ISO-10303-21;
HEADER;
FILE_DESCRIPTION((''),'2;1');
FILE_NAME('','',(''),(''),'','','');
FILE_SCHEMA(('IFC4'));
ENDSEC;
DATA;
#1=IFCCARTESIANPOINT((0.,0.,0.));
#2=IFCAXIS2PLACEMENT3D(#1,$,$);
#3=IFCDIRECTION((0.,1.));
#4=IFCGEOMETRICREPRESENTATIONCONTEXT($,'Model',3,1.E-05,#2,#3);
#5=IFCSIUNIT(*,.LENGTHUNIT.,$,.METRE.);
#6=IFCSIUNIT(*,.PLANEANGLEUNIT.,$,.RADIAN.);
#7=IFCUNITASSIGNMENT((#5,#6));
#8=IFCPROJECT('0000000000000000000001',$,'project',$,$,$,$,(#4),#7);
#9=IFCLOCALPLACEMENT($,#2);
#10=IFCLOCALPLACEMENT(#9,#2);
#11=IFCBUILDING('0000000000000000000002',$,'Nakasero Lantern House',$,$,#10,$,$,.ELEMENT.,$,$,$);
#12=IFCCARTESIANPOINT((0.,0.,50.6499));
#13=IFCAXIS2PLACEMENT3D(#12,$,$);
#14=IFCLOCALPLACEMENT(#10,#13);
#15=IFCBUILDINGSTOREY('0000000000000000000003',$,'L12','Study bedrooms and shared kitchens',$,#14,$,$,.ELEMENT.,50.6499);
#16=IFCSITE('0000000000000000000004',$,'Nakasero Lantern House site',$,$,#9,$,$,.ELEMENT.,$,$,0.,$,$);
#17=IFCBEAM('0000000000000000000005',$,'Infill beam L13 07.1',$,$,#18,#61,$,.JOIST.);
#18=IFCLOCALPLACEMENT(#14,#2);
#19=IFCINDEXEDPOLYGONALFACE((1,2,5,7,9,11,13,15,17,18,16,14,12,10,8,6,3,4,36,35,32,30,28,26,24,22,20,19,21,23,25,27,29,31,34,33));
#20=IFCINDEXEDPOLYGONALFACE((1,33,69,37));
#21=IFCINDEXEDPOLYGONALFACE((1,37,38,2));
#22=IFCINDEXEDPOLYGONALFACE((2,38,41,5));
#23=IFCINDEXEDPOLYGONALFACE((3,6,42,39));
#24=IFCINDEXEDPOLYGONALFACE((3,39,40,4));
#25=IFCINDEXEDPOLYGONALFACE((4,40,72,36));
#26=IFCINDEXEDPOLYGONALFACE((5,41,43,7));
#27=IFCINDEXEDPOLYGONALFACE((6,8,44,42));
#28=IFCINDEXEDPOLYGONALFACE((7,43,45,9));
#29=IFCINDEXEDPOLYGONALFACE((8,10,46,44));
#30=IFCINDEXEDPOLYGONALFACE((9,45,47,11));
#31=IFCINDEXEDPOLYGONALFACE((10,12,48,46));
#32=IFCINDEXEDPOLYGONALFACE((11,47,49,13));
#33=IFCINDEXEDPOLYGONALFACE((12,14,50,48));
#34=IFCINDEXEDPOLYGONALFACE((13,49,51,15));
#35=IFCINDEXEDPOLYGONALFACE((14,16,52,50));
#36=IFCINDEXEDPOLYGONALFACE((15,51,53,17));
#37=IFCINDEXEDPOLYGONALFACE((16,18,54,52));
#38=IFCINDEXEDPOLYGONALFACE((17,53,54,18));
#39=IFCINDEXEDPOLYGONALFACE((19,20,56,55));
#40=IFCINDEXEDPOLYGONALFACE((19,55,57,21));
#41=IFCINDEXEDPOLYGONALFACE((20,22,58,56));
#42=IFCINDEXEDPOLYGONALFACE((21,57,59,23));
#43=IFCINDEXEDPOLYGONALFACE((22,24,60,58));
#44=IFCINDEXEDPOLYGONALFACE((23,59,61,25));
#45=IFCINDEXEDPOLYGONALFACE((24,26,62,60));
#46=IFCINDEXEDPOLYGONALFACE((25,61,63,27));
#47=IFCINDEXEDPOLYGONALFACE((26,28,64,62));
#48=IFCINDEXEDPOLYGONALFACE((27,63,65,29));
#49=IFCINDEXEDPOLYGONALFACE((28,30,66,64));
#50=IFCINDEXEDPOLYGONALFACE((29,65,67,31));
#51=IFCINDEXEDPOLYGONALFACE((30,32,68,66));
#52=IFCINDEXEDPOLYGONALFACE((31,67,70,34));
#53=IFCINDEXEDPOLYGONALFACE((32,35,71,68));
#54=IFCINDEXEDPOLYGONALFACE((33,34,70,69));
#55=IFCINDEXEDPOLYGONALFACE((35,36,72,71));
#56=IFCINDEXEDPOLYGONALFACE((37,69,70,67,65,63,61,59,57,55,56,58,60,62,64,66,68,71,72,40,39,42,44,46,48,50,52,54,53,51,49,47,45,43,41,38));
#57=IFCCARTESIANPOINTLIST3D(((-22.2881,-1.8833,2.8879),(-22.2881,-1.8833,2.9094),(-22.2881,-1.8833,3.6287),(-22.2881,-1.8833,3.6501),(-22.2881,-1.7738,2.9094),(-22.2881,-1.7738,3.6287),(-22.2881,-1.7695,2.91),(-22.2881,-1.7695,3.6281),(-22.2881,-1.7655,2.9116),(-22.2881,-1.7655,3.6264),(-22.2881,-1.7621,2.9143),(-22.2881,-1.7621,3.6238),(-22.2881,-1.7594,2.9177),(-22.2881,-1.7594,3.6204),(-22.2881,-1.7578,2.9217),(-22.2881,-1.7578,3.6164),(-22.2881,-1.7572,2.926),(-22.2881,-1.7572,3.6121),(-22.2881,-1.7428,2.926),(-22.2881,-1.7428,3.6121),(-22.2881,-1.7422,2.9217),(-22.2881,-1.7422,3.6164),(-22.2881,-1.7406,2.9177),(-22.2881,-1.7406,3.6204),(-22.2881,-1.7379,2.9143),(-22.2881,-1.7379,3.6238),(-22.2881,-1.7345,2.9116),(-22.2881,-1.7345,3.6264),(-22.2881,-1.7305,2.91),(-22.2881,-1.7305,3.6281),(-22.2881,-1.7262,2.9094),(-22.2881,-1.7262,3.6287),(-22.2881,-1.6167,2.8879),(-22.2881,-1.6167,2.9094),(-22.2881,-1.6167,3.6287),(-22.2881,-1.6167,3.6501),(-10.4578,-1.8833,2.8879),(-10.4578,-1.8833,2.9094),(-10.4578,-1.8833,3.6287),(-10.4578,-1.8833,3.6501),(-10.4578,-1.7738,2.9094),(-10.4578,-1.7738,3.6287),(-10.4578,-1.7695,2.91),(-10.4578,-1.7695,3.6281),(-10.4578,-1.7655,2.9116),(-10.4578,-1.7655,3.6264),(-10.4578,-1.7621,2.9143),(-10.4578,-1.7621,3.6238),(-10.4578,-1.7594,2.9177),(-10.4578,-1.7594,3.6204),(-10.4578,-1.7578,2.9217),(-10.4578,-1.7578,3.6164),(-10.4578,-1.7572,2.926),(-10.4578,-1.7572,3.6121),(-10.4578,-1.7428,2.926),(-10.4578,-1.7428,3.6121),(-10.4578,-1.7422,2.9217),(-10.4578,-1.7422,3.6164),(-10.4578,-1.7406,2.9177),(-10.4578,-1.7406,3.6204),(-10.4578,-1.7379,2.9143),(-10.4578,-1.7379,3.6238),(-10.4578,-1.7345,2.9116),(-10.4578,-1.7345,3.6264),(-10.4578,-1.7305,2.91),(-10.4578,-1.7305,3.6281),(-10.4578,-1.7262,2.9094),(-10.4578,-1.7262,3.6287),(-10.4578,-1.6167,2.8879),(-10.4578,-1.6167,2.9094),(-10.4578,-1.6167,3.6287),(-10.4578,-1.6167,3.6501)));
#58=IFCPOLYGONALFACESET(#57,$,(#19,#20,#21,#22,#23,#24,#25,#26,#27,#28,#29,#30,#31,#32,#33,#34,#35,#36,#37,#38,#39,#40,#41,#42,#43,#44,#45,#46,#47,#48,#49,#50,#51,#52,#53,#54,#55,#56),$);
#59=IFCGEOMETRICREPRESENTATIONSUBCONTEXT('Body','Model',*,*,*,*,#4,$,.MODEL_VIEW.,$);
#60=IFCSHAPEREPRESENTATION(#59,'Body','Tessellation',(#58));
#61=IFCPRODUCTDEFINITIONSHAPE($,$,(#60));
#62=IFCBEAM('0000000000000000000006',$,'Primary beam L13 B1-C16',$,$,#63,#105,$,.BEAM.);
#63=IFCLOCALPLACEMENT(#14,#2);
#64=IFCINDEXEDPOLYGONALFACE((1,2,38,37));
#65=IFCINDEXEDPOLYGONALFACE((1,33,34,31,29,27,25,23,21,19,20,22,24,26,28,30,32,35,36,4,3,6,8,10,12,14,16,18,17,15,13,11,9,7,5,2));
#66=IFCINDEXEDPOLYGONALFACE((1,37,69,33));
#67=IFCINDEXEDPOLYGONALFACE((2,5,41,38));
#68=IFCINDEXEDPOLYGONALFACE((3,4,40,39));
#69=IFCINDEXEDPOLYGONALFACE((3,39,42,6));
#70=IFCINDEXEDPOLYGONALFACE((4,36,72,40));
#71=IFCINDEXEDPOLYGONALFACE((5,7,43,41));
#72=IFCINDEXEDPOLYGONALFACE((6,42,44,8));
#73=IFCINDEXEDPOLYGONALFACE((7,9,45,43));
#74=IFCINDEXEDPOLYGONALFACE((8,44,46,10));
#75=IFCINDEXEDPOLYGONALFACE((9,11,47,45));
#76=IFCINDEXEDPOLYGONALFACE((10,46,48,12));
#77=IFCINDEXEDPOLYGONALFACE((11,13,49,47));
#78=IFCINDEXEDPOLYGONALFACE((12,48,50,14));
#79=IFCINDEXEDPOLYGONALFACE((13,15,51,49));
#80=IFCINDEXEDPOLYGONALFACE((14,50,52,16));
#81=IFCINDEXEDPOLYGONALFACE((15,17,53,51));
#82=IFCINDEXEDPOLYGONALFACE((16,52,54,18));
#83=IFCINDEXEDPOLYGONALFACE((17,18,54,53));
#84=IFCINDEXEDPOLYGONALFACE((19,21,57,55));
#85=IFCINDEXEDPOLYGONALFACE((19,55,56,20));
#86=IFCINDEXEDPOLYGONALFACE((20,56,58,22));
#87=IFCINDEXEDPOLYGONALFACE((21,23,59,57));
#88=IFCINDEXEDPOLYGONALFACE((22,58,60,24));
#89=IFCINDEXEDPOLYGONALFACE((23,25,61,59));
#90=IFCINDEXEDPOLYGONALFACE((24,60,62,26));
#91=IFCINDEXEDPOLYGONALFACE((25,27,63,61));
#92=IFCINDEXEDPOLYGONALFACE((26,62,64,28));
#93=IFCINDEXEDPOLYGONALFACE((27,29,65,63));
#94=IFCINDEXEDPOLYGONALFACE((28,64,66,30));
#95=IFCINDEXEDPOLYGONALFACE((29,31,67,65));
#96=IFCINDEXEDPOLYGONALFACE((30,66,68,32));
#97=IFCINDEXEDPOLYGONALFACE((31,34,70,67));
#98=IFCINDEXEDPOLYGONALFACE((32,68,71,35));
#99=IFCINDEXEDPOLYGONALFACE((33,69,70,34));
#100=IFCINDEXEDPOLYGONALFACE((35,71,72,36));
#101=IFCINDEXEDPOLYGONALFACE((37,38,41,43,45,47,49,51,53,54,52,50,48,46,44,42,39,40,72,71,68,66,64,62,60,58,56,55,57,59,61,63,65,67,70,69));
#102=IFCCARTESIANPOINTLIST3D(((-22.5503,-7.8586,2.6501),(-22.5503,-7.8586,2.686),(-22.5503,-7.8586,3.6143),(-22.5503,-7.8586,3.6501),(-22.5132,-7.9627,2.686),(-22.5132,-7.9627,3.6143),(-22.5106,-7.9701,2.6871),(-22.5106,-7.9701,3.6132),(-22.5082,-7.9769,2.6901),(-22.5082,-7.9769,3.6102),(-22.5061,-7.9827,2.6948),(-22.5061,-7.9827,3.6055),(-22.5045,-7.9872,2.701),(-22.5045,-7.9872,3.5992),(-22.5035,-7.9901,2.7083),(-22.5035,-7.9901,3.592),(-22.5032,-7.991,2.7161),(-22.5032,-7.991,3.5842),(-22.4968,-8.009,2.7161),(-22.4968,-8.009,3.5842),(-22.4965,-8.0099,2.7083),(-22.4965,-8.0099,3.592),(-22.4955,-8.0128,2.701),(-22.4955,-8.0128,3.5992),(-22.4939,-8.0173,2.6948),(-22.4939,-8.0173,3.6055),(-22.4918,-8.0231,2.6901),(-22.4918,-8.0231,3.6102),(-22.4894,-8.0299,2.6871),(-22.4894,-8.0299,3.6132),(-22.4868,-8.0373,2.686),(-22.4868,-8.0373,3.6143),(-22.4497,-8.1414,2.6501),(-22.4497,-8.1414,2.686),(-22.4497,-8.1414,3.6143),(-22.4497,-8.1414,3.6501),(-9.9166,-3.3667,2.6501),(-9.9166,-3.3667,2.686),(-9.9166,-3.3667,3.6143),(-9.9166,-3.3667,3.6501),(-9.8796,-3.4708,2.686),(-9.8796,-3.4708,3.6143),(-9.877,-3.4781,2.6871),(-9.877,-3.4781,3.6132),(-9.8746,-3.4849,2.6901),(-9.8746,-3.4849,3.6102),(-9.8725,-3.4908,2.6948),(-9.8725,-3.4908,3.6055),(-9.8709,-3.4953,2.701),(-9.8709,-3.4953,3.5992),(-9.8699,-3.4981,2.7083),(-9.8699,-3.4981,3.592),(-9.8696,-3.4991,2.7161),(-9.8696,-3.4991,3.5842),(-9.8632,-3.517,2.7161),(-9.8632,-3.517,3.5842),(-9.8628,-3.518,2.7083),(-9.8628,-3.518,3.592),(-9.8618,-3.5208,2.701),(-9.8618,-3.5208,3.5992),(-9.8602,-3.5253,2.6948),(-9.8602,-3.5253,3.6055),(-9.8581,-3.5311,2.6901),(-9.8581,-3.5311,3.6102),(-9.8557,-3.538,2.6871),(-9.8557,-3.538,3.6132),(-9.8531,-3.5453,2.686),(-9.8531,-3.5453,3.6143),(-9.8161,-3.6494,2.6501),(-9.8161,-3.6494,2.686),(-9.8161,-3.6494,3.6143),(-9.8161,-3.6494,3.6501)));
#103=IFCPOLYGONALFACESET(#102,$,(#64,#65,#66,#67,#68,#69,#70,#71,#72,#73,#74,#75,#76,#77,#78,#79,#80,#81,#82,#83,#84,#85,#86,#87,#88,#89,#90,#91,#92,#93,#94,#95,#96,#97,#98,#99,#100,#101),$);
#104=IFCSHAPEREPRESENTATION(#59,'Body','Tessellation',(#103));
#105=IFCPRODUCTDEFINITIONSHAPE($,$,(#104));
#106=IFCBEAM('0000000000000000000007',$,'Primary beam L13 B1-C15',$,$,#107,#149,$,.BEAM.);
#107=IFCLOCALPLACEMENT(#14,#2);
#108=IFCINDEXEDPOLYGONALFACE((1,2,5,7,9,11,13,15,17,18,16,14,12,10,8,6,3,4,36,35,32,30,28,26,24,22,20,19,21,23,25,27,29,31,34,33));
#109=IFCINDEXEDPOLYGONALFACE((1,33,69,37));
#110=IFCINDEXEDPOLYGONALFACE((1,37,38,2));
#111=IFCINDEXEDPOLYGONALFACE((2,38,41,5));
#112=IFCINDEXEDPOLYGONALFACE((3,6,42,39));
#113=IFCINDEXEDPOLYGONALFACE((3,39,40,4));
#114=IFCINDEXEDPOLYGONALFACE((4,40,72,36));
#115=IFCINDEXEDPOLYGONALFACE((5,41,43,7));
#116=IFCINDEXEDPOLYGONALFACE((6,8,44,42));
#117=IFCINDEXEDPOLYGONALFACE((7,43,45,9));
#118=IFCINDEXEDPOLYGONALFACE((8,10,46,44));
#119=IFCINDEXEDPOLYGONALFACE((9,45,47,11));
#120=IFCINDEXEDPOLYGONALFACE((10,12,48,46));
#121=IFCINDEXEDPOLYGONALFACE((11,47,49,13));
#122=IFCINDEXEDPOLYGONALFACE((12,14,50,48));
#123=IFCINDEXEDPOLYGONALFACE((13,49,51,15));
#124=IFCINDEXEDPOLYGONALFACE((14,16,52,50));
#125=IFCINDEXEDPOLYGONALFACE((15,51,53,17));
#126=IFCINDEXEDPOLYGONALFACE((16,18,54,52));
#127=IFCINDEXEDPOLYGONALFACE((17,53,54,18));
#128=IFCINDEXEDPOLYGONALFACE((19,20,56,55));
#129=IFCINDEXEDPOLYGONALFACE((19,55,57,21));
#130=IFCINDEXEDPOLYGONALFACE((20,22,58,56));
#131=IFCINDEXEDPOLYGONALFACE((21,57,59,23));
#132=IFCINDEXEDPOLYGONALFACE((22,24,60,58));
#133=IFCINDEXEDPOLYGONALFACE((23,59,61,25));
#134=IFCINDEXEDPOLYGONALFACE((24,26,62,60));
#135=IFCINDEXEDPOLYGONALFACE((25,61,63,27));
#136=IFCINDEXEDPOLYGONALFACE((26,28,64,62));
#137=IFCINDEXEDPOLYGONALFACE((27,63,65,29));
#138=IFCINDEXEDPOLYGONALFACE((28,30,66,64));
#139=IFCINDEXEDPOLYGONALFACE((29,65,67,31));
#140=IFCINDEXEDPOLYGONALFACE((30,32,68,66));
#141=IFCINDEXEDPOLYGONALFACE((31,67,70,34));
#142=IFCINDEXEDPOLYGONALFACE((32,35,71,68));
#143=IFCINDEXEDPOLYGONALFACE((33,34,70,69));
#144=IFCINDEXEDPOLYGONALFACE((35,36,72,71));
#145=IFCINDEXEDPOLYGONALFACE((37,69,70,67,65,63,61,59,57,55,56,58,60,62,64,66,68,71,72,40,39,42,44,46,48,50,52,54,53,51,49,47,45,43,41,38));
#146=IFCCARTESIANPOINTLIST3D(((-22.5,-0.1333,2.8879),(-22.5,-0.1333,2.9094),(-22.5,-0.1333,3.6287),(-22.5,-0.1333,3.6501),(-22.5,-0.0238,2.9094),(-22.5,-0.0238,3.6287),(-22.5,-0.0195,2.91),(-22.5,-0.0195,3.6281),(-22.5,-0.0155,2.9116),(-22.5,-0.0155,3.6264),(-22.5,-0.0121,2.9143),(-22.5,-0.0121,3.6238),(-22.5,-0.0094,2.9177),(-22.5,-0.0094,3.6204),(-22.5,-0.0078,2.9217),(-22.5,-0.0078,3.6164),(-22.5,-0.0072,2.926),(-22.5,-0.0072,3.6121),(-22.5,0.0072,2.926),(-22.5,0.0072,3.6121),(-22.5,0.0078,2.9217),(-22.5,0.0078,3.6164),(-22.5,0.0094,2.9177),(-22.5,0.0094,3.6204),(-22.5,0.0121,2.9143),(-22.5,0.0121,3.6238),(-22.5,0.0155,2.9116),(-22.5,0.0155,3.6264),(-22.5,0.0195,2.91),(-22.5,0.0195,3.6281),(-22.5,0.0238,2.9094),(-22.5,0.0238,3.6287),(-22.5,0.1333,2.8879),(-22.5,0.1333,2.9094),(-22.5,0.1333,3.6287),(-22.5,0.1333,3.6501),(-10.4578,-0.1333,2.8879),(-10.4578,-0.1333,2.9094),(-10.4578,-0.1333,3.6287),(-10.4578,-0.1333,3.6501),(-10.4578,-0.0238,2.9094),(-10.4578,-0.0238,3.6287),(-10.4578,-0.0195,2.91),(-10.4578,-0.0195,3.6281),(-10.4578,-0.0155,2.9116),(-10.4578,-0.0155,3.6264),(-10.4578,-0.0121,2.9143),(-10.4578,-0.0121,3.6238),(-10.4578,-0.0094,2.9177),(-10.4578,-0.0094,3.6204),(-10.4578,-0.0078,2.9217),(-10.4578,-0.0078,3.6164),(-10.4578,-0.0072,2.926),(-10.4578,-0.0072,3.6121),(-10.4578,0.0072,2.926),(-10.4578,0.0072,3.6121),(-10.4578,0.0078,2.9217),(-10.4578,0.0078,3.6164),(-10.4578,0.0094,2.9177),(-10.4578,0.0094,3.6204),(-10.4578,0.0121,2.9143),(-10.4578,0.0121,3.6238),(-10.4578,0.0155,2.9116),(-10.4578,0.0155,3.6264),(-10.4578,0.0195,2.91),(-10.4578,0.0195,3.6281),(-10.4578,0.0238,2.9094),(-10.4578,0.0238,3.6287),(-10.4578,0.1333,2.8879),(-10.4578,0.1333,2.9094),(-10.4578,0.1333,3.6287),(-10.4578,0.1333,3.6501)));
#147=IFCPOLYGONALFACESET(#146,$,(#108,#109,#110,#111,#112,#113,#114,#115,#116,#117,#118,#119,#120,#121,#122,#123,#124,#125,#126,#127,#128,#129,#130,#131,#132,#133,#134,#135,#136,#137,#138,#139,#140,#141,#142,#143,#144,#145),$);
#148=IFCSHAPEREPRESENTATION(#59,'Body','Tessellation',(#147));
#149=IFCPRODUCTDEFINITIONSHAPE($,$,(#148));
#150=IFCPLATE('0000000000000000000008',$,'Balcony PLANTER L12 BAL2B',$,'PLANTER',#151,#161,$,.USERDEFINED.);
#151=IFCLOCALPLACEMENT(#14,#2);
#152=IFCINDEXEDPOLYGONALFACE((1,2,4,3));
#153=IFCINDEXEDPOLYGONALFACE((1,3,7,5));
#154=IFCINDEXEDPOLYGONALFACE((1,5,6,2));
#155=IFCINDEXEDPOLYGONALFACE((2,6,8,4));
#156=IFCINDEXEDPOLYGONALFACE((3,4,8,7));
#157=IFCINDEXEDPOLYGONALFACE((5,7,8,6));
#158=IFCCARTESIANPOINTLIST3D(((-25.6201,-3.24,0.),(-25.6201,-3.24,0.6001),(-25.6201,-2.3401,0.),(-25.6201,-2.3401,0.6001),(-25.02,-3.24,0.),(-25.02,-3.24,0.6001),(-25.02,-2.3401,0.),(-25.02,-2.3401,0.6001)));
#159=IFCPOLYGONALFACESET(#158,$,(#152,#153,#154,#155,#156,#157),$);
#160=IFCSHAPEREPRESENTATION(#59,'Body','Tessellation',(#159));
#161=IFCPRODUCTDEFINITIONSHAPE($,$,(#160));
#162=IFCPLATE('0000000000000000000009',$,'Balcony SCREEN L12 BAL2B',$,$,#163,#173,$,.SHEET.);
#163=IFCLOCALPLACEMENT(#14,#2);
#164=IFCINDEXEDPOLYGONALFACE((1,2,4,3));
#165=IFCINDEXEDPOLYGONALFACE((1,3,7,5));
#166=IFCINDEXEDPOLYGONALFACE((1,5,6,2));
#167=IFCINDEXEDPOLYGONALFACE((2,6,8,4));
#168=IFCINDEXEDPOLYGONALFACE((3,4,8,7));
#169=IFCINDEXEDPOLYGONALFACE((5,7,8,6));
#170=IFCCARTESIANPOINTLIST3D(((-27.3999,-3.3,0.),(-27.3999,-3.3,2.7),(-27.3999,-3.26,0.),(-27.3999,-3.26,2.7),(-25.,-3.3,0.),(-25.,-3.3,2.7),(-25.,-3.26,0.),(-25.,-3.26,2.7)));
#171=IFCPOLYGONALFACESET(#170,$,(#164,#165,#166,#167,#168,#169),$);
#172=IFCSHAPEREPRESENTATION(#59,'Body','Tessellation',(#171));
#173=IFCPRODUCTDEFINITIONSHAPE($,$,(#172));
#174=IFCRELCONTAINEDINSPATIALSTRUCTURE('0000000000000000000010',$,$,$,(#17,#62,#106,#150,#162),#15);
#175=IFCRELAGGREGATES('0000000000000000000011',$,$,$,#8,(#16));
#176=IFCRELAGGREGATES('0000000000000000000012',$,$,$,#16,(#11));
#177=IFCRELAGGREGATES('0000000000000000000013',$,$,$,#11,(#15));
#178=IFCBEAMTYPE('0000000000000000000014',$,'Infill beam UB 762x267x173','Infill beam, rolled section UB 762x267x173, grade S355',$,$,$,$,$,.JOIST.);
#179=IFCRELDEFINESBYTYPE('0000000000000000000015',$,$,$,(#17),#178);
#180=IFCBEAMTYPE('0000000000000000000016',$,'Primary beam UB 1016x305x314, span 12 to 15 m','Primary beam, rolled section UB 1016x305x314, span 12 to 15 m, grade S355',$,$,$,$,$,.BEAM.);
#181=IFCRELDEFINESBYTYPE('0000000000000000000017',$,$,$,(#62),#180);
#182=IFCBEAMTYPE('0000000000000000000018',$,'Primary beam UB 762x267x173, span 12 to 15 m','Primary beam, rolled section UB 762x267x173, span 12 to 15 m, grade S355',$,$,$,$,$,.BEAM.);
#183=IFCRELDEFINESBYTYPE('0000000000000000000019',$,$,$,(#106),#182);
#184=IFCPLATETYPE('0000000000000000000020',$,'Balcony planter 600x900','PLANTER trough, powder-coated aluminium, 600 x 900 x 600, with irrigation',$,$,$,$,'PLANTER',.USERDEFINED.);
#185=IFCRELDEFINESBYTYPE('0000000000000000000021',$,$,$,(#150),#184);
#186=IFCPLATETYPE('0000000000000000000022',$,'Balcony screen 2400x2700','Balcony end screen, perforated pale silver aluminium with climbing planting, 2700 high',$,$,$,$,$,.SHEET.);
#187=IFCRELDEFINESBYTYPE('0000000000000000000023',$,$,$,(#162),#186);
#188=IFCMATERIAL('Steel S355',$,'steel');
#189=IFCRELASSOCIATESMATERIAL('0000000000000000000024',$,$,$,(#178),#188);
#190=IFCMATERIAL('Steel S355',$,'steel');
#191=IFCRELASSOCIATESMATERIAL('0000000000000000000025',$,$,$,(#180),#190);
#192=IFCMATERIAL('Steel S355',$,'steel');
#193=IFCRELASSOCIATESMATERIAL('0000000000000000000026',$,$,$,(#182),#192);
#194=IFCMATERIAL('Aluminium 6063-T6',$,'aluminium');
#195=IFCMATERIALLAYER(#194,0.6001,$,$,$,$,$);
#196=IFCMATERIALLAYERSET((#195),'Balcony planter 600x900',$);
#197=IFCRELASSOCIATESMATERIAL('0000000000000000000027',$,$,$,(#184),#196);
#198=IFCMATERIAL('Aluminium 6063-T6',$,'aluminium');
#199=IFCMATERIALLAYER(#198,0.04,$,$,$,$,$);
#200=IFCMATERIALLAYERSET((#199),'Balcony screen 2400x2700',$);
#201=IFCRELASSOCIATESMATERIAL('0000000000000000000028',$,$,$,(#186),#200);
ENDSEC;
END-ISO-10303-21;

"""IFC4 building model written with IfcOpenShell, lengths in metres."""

from ifc_helpers import new_model, si_unit, direction, frame, origin, origin_2d, place, context, subcontext, project, spatial, rectangle, i_section, extrude, material, layer, layer_set, material_profile, profile_set, type_object, element, save


model = new_model("IFC4")

# Units and contexts
model_context = context("Model", 3, precision=1e-05, world=origin(), true_north=direction((0.0, 1.0)))
body_context = subcontext(model_context, "Body", "Model", "MODEL_VIEW")
ifc_project = project(units=[si_unit("LENGTHUNIT", "METRE"), si_unit("PLANEANGLEUNIT", "RADIAN")], contexts=[model_context])

# Site, building, storey
site_placement = place(None, origin())
site = spatial("IfcSite", under=ifc_project, at=site_placement, Name="Nakasero Lantern House site", CompositionType="ELEMENT", RefElevation=0.0)
building_placement = place(site_placement, origin())
building = spatial("IfcBuilding", under=site, at=building_placement, Name="Nakasero Lantern House", CompositionType="ELEMENT")
storey_placement = place(building_placement, frame((0.0, 0.0, 50.6499)))
storey = spatial("IfcBuildingStorey", under=building, at=storey_placement, Name="L12", Description="Study bedrooms and shared kitchens", CompositionType="ELEMENT", Elevation=50.6499)

# Beams
ifc_material_1 = material(Name="Steel S355", Category="steel")
ifc_material_profile_1 = material_profile(ifc_material_1, i_section(OverallWidth=0.2666, OverallDepth=0.7622, WebThickness=0.0144, FlangeThickness=0.0215, FilletRadius=0.0166, at=origin_2d()), Name="UB 762x267x173")
ifc_profile_set_1 = profile_set([ifc_material_profile_1], Name="Steel S355")
beam_type_1 = type_object("IfcBeamType", Name="Infill beam UB 762x267x173", Description="Infill beam, rolled section UB 762x267x173, grade S355", PredefinedType="JOIST", material=ifc_profile_set_1)
beam_1_placement = place(storey_placement, frame((-22.2881, -1.75, 3.269), z_axis=(1.0, 0.0, 0.0), x_axis=(0.0, 1.0, 0.0)))
element("IfcBeam", 1, at=beam_1_placement, inside=storey, type_object=beam_type_1, Name="Infill beam L13 07.1", PredefinedType="JOIST", context=body_context, shape_type="SweptSolid", body=[
    extrude(i_section(OverallWidth=0.2666, OverallDepth=0.7622, WebThickness=0.0144, FlangeThickness=0.0215, FilletRadius=0.0166, at=origin_2d()), origin(), (0.0, 0.0, 1.0), 11.8303),
])
ifc_material_2 = material(Name="Steel S355", Category="steel")
ifc_material_profile_2 = material_profile(ifc_material_2, i_section(OverallWidth=0.3, OverallDepth=1.0, WebThickness=0.019, FlangeThickness=0.0359, FilletRadius=0.03, at=origin_2d()), Name="UB 1016x305x314")
ifc_profile_set_2 = profile_set([ifc_material_profile_2], Name="Steel S355")
beam_type_2 = type_object("IfcBeamType", Name="Primary beam UB 1016x305x314, span 12 to 15 m", Description="Primary beam, rolled section UB 1016x305x314, span 12 to 15 m, grade S355", PredefinedType="BEAM", material=ifc_profile_set_2)
beam_2_placement = place(storey_placement, frame((-22.5, -8.0, 3.1501), z_axis=(0.942214, 0.335011, 0.0), x_axis=(-0.335011, 0.942214, 0.0)))
element("IfcBeam", 2, at=beam_2_placement, inside=storey, type_object=beam_type_2, Name="Primary beam L13 B1-C16", PredefinedType="BEAM", context=body_context, shape_type="SweptSolid", body=[
    extrude(i_section(OverallWidth=0.3, OverallDepth=1.0, WebThickness=0.019, FlangeThickness=0.0359, FilletRadius=0.03, at=origin_2d()), origin(), (0.0, 0.0, 1.0), 13.4084),
])
ifc_material_3 = material(Name="Steel S355", Category="steel")
ifc_material_profile_3 = material_profile(ifc_material_3, i_section(OverallWidth=0.2666, OverallDepth=0.7622, WebThickness=0.0144, FlangeThickness=0.0215, FilletRadius=0.0166, at=origin_2d()), Name="UB 762x267x173")
ifc_profile_set_3 = profile_set([ifc_material_profile_3], Name="Steel S355")
beam_type_3 = type_object("IfcBeamType", Name="Primary beam UB 762x267x173, span 12 to 15 m", Description="Primary beam, rolled section UB 762x267x173, span 12 to 15 m, grade S355", PredefinedType="BEAM", material=ifc_profile_set_3)
beam_3_placement = place(storey_placement, frame((-22.5, 0.0, 3.269), z_axis=(1.0, 0.0, 0.0), x_axis=(0.0, 1.0, 0.0)))
element("IfcBeam", 3, at=beam_3_placement, inside=storey, type_object=beam_type_3, Name="Primary beam L13 B1-C15", PredefinedType="BEAM", context=body_context, shape_type="SweptSolid", body=[
    extrude(i_section(OverallWidth=0.2666, OverallDepth=0.7622, WebThickness=0.0144, FlangeThickness=0.0215, FilletRadius=0.0166, at=origin_2d()), origin(), (0.0, 0.0, 1.0), 12.0422),
])

# Plates
ifc_material_4 = material(Name="Aluminium 6063-T6", Category="aluminium")
ifc_layer_1 = layer(ifc_material_4, 0.6001)
ifc_layer_set_1 = layer_set([ifc_layer_1], Name="Balcony planter 600x900")
plate_type_1 = type_object("IfcPlateType", Name="Balcony planter 600x900", Description="PLANTER trough, powder-coated aluminium, 600 x 900 x 600, with irrigation", ElementType="PLANTER", PredefinedType="USERDEFINED", material=ifc_layer_set_1)
plate_1_placement = place(storey_placement, frame((-25.3201, -2.79, 0.0), z_axis=(0.0, 0.0, 1.0), x_axis=(-1.0, 0.0, 0.0)))
element("IfcPlate", 4, at=plate_1_placement, inside=storey, type_object=plate_type_1, Name="Balcony PLANTER L12 BAL2B", ObjectType="PLANTER", PredefinedType="USERDEFINED", context=body_context, shape_type="SweptSolid", body=[
    extrude(rectangle(XDim=0.6001, YDim=0.8999, at=origin_2d()), origin(), (0.0, 0.0, 1.0), 0.6001),
])
ifc_material_5 = material(Name="Aluminium 6063-T6", Category="aluminium")
ifc_layer_2 = layer(ifc_material_5, 0.04)
ifc_layer_set_2 = layer_set([ifc_layer_2], Name="Balcony screen 2400x2700")
plate_type_2 = type_object("IfcPlateType", Name="Balcony screen 2400x2700", Description="Balcony end screen, perforated pale silver aluminium with climbing planting, 2700 high", PredefinedType="SHEET", material=ifc_layer_set_2)
plate_2_placement = place(storey_placement, frame((-26.2, -3.28, 0.0), z_axis=(0.0, 0.0, 1.0), x_axis=(-1.0, 0.0, 0.0)))
element("IfcPlate", 5, at=plate_2_placement, inside=storey, type_object=plate_type_2, Name="Balcony SCREEN L12 BAL2B", PredefinedType="SHEET", context=body_context, shape_type="SweptSolid", body=[
    extrude(rectangle(XDim=2.3999, YDim=0.04, at=origin_2d()), origin(), (0.0, 0.0, 1.0), 2.7),
])

save(model, "model.ifc")
